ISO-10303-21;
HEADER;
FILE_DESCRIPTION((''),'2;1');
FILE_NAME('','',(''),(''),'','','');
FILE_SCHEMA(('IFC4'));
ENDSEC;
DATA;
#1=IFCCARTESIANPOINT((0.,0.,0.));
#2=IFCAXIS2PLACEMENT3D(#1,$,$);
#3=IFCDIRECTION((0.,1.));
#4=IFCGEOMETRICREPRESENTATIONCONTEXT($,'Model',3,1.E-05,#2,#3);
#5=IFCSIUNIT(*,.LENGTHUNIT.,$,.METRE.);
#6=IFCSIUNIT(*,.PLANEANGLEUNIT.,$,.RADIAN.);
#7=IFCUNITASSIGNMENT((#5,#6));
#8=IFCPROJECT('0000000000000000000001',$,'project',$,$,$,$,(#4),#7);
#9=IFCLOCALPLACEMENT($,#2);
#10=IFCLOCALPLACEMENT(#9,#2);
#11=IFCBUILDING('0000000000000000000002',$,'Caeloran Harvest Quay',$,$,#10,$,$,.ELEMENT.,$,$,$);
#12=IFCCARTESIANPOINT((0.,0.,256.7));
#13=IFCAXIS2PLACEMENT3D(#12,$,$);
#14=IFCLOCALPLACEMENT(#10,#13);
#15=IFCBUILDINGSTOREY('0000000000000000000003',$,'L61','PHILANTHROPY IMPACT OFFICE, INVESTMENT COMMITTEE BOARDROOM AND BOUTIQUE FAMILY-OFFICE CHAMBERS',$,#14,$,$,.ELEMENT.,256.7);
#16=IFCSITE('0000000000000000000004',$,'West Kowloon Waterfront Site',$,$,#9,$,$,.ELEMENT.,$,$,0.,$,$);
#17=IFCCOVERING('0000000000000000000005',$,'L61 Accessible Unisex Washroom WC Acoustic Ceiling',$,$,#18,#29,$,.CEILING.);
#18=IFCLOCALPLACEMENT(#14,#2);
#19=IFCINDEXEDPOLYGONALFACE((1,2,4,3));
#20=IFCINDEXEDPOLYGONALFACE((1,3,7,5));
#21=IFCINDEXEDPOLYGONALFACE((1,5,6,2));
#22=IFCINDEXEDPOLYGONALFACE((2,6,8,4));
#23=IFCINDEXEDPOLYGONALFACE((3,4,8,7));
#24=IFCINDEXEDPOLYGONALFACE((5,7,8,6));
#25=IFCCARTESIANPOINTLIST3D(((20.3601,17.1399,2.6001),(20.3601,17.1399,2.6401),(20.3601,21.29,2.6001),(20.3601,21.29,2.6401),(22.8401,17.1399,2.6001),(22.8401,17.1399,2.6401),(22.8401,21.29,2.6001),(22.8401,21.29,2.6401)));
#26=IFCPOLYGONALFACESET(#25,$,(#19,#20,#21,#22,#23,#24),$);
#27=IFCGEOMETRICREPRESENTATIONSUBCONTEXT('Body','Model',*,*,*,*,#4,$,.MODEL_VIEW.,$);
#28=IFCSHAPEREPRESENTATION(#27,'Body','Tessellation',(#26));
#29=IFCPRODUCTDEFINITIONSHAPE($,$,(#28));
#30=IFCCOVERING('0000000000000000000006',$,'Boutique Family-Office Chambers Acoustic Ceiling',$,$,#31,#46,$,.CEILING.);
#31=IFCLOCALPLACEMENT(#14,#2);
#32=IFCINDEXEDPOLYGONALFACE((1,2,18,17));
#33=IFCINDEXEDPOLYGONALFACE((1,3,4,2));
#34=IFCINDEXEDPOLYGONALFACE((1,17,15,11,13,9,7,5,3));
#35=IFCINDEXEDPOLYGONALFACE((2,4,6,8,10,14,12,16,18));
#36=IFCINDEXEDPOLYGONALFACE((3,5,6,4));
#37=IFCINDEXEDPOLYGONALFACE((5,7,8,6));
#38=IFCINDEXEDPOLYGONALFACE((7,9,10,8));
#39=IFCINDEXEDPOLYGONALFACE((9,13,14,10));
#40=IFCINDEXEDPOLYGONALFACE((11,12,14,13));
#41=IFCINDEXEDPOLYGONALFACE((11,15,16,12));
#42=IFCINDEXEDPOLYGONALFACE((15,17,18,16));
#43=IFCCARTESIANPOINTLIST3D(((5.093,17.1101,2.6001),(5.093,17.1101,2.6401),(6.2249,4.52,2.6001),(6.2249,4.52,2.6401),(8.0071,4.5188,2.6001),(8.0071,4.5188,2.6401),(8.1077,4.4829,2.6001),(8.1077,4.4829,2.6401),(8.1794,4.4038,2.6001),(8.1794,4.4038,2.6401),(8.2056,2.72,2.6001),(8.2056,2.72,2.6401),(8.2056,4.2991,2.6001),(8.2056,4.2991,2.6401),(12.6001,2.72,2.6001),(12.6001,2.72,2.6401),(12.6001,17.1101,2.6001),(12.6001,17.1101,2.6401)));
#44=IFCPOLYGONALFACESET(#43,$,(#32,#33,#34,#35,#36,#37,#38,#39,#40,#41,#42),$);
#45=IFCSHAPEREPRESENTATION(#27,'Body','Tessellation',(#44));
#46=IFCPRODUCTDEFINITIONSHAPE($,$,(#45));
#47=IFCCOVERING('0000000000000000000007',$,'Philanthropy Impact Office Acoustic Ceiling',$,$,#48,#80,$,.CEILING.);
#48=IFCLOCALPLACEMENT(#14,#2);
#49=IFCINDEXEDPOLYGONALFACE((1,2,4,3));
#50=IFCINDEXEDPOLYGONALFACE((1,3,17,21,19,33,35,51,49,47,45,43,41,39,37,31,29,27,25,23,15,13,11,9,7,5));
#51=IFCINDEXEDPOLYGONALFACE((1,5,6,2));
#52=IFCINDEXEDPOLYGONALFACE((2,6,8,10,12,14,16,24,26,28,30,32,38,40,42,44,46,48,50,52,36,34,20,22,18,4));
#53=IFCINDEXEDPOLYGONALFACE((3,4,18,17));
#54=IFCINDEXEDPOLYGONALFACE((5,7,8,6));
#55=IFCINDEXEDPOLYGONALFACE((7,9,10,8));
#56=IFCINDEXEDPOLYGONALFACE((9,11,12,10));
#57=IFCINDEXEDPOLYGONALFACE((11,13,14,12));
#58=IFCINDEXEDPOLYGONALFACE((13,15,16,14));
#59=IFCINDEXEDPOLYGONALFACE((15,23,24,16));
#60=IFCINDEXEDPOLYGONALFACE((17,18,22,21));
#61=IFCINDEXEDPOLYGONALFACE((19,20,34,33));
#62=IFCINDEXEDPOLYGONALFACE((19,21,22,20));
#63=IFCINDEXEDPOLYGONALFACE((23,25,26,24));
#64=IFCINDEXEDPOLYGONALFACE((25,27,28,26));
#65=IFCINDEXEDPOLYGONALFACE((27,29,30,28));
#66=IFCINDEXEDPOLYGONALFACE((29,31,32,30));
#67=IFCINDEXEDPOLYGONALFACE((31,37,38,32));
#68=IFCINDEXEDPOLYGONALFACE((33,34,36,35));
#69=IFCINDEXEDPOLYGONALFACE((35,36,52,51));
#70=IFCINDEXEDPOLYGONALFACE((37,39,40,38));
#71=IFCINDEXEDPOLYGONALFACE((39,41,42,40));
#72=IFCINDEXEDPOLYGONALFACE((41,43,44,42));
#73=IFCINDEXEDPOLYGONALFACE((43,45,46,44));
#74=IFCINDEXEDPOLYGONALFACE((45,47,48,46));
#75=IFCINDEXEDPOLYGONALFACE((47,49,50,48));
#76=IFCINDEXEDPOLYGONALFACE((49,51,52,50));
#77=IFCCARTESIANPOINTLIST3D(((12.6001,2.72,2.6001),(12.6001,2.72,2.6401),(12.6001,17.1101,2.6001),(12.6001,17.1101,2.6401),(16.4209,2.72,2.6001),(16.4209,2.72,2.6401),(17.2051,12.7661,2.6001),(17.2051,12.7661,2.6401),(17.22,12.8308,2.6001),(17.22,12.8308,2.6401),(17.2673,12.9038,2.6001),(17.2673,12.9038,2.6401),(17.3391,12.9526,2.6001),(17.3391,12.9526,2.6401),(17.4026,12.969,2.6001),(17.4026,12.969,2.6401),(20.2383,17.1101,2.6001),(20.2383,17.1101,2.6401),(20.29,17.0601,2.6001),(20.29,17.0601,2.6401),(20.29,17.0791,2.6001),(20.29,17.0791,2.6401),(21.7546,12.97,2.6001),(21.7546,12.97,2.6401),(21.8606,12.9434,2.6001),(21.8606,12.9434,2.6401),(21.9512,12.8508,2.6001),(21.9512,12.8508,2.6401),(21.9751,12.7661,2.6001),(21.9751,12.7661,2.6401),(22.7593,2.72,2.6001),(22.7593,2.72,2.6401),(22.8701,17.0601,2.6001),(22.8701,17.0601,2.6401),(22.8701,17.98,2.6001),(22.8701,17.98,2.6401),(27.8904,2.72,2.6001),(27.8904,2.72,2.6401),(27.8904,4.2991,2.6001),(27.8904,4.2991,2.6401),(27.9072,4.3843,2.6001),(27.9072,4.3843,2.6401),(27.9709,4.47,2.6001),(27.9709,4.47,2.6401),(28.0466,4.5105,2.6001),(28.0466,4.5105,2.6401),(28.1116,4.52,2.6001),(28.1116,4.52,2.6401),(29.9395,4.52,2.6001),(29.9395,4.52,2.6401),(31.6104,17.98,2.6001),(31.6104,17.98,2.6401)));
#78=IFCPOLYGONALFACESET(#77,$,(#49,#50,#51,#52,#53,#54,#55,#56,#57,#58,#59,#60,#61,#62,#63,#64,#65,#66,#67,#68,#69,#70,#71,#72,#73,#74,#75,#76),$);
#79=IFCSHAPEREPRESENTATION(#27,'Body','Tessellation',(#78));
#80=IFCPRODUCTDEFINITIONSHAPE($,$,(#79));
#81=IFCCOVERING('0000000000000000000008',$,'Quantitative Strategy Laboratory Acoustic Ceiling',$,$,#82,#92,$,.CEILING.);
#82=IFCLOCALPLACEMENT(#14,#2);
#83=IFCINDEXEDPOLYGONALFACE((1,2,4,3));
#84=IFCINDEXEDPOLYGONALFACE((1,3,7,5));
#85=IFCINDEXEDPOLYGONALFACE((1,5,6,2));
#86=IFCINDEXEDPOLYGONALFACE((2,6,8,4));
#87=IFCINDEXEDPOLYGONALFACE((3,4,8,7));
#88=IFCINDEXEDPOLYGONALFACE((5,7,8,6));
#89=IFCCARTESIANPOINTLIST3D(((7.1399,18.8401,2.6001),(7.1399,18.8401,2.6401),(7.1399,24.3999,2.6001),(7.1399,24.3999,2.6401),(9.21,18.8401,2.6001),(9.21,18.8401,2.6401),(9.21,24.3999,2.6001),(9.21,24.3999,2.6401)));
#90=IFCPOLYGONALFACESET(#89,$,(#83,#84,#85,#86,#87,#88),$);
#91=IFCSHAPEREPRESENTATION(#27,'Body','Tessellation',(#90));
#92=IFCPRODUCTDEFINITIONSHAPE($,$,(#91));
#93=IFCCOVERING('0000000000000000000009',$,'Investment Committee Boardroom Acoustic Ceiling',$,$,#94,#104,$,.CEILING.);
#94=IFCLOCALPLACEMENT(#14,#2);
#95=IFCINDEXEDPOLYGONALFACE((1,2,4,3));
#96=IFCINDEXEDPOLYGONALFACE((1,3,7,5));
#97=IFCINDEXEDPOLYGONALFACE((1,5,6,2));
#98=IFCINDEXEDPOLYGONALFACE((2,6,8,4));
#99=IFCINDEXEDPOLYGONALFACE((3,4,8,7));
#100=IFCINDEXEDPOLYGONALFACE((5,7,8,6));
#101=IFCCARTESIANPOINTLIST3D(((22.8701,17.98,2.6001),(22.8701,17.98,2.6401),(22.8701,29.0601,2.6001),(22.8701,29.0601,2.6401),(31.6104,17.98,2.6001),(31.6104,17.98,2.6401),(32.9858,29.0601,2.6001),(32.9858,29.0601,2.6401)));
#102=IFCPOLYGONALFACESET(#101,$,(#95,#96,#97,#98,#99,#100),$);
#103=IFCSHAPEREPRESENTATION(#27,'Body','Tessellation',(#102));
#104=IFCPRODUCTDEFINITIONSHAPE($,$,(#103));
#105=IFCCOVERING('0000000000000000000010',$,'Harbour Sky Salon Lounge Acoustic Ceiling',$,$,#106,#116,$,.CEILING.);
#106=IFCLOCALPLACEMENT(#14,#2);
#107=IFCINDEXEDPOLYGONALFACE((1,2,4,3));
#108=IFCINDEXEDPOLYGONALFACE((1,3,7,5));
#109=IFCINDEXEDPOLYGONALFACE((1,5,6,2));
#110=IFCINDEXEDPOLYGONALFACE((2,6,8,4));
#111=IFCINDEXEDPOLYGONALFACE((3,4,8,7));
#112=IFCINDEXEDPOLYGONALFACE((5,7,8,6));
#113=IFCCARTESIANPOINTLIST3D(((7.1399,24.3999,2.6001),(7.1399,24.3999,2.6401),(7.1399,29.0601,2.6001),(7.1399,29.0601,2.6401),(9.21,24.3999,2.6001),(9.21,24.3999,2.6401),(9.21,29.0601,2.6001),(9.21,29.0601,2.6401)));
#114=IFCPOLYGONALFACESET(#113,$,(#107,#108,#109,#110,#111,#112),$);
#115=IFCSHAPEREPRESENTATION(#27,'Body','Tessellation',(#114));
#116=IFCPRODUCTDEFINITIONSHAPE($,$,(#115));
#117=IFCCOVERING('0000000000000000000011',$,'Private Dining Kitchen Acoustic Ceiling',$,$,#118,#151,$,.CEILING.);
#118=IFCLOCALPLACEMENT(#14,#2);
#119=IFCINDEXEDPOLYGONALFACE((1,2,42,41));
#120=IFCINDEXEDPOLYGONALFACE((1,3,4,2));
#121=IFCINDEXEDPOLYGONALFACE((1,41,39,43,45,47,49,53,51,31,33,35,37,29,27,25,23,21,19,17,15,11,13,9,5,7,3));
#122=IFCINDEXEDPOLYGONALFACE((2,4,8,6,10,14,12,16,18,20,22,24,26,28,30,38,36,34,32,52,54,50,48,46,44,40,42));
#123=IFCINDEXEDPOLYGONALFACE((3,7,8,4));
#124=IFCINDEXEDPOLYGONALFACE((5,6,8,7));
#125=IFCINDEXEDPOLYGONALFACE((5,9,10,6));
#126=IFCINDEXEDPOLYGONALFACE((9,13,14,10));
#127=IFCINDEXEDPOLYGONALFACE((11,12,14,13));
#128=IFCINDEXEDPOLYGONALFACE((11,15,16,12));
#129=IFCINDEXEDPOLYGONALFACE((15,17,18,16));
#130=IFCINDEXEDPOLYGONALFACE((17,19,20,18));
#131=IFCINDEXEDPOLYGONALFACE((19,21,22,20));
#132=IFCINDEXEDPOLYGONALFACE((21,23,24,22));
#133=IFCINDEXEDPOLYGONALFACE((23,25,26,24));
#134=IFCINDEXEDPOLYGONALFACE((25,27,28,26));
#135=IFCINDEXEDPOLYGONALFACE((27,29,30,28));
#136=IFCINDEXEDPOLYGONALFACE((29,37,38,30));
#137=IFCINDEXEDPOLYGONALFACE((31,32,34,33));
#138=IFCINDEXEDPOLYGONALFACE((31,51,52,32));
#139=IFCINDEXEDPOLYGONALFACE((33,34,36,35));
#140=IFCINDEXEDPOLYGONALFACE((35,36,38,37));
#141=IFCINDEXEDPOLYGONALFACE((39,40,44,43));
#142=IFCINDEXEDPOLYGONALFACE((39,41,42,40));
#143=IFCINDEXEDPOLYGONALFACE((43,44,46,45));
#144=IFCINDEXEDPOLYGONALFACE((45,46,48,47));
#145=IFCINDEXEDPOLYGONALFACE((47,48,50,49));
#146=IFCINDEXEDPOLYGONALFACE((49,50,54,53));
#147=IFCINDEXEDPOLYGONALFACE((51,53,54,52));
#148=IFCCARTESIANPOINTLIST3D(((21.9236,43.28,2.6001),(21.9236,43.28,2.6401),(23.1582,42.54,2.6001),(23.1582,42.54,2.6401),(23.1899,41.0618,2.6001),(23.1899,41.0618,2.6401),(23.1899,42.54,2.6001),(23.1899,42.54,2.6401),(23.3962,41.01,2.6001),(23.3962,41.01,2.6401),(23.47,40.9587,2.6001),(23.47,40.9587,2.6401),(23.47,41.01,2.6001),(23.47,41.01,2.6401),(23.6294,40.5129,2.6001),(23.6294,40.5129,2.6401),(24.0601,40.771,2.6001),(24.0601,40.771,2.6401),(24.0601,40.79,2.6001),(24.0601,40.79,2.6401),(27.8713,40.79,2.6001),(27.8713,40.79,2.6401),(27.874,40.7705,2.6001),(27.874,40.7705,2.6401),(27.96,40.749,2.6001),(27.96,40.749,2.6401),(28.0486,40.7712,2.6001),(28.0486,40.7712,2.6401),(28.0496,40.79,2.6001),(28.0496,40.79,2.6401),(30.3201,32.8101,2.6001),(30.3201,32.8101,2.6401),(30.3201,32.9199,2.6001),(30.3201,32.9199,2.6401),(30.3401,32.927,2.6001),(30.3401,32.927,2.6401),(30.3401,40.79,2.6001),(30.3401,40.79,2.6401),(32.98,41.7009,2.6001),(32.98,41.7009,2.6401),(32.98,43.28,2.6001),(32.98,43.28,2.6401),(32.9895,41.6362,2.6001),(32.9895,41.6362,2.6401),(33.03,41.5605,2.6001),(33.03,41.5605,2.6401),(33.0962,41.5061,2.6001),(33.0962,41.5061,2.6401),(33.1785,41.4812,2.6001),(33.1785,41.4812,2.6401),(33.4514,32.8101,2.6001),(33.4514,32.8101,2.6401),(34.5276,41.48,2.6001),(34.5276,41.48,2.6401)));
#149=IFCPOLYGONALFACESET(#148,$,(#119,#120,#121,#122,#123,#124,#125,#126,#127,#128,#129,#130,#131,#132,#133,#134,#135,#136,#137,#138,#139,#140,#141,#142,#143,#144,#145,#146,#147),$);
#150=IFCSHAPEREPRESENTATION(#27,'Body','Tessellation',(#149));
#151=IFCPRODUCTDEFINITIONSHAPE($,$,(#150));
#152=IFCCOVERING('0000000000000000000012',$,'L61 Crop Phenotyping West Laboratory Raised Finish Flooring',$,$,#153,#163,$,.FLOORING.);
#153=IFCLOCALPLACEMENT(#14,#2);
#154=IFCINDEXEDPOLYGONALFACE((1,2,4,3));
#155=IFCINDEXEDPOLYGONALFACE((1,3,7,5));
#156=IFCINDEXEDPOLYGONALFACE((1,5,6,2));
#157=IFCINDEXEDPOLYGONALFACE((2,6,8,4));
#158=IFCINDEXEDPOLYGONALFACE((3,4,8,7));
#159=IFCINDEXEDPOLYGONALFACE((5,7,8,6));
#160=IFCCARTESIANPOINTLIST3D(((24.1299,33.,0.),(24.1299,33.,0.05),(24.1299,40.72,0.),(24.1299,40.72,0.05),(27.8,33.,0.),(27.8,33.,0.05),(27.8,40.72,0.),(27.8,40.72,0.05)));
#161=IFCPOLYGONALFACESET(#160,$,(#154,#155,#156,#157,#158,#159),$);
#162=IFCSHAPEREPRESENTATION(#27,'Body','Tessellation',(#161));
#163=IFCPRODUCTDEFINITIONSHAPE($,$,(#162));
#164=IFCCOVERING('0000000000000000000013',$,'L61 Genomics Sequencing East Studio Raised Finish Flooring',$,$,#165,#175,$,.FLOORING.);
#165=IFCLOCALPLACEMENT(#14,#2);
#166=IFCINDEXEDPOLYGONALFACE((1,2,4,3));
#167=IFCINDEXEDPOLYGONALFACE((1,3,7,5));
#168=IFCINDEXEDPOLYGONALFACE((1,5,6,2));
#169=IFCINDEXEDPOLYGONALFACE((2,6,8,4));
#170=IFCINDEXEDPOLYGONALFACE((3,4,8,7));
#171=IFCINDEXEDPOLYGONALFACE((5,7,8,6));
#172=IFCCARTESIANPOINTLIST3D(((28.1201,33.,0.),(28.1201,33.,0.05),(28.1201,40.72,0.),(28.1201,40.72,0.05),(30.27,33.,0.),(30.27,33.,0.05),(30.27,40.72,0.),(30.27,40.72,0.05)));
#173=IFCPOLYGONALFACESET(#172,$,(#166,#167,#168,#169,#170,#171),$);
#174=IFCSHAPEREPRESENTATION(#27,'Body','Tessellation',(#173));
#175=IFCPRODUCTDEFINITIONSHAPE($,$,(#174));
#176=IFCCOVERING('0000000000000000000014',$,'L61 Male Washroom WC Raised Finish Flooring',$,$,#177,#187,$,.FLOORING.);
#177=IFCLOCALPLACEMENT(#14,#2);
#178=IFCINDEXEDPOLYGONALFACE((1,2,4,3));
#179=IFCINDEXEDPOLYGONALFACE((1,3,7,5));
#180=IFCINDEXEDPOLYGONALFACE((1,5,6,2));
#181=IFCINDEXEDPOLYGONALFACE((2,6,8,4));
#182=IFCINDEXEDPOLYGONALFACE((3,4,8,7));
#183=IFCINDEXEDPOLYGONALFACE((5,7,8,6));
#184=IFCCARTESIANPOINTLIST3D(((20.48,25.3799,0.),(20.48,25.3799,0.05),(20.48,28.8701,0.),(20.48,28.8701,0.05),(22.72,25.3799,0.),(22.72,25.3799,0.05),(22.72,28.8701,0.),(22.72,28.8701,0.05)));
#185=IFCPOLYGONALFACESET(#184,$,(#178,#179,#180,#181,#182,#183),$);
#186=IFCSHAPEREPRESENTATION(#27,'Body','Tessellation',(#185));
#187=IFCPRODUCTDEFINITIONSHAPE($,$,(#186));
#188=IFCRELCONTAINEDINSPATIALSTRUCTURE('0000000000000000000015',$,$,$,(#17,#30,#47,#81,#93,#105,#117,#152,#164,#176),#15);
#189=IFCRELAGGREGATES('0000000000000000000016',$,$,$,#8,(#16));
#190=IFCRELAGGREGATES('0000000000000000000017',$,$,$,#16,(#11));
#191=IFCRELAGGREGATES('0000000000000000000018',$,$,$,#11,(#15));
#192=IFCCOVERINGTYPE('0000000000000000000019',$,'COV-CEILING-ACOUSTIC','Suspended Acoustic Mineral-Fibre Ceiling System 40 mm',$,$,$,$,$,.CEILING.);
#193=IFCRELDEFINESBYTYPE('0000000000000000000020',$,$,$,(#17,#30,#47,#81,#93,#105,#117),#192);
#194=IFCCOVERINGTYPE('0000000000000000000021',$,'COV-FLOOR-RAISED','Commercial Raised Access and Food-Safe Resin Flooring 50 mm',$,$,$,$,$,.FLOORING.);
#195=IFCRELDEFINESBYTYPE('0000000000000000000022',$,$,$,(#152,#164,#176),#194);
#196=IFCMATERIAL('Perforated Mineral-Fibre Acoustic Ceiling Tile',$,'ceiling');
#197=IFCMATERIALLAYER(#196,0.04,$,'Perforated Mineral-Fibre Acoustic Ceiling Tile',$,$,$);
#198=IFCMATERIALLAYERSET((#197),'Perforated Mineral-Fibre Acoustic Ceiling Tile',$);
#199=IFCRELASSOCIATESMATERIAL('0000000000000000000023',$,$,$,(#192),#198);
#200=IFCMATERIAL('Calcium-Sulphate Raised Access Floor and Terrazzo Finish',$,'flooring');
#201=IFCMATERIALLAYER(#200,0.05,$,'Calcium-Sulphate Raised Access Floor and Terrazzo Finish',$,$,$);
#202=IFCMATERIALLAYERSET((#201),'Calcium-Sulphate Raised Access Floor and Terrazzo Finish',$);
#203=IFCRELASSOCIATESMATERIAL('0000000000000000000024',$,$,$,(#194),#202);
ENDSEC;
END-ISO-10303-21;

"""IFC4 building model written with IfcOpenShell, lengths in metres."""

from ifc_helpers import new_model, si_unit, direction, frame, origin, place, context, subcontext, project, spatial, polyline, outline, extrude, material, layer, layer_set, type_object, element, save


model = new_model("IFC4")

# Units and contexts
model_context = context("Model", 3, precision=1e-05, world=origin(), true_north=direction((0.0, 1.0)))
body_context = subcontext(model_context, "Body", "Model", "MODEL_VIEW")
ifc_project = project(units=[si_unit("LENGTHUNIT", "METRE"), si_unit("PLANEANGLEUNIT", "RADIAN")], contexts=[model_context])

# Site, building, storey
site_placement = place(None, origin())
site = spatial("IfcSite", under=ifc_project, at=site_placement, Name="West Kowloon Waterfront Site", CompositionType="ELEMENT", RefElevation=0.0)
building_placement = place(site_placement, origin())
building = spatial("IfcBuilding", under=site, at=building_placement, Name="Caeloran Harvest Quay", CompositionType="ELEMENT")
storey_placement = place(building_placement, frame((0.0, 0.0, 256.7)))
storey = spatial("IfcBuildingStorey", under=building, at=storey_placement, Name="L61", Description="PHILANTHROPY IMPACT OFFICE, INVESTMENT COMMITTEE BOARDROOM AND BOUTIQUE FAMILY-OFFICE CHAMBERS", CompositionType="ELEMENT", Elevation=256.7)

# Coverings
ifc_material_1 = material(Name="Perforated Mineral-Fibre Acoustic Ceiling Tile", Category="ceiling")
ifc_layer_1 = layer(ifc_material_1, 0.04, Name="Perforated Mineral-Fibre Acoustic Ceiling Tile")
ifc_layer_set_1 = layer_set([ifc_layer_1], Name="Perforated Mineral-Fibre Acoustic Ceiling Tile")
covering_type_1 = type_object("IfcCoveringType", Name="COV-CEILING-ACOUSTIC", Description="Suspended Acoustic Mineral-Fibre Ceiling System 40 mm", PredefinedType="CEILING", material=ifc_layer_set_1)
covering_1_placement = place(storey_placement, frame((0.0, 0.0, 2.6001)))
element("IfcCovering", 1, at=covering_1_placement, inside=storey, type_object=covering_type_1, Name="L61 Accessible Unisex Washroom WC Acoustic Ceiling", PredefinedType="CEILING", context=body_context, shape_type="SweptSolid", body=[
    extrude(outline(polyline([(22.8401, 21.29), (22.8401, 17.1399), (20.3601, 17.1399), (20.3601, 21.29), (22.8401, 21.29)])), origin(), (0.0, 0.0, 1.0), 0.04),
])
covering_2_placement = place(storey_placement, frame((0.0, 0.0, 2.6001)))
element("IfcCovering", 2, at=covering_2_placement, inside=storey, type_object=covering_type_1, Name="Boutique Family-Office Chambers Acoustic Ceiling", PredefinedType="CEILING", context=body_context, shape_type="SweptSolid", body=[
    extrude(outline(polyline([(8.1794, 4.4038), (8.1077, 4.4829), (8.0071, 4.5188), (6.2249, 4.52), (5.093, 17.1101), (12.6001, 17.1101), (12.6001, 2.72), (8.2056, 2.72), (8.2056, 4.2991), (8.1794, 4.4038)])), origin(), (0.0, 0.0, 1.0), 0.04),
])
covering_3_placement = place(storey_placement, frame((0.0, 0.0, 2.6001)))
element("IfcCovering", 3, at=covering_3_placement, inside=storey, type_object=covering_type_1, Name="Philanthropy Impact Office Acoustic Ceiling", PredefinedType="CEILING", context=body_context, shape_type="SweptSolid", body=[
    extrude(outline(polyline([(22.8701, 17.0601), (22.8701, 17.98), (31.6104, 17.98), (29.9395, 4.52), (28.1116, 4.52), (28.0466, 4.5105), (27.9709, 4.47), (27.9072, 4.3843), (27.8904, 4.2991), (27.8904, 2.72), (22.7593, 2.72), (21.9751, 12.7661), (21.9512, 12.8508), (21.8606, 12.9434), (21.7546, 12.97), (17.4026, 12.969), (17.3391, 12.9526), (17.2673, 12.9038), (17.22, 12.8308), (17.2051, 12.7661), (16.4209, 2.72), (12.6001, 2.72), (12.6001, 17.1101), (20.2383, 17.1101), (20.29, 17.0791), (20.29, 17.0601), (22.8701, 17.0601)])), origin(), (0.0, 0.0, 1.0), 0.04),
])
covering_4_placement = place(storey_placement, frame((0.0, 0.0, 2.6001)))
element("IfcCovering", 4, at=covering_4_placement, inside=storey, type_object=covering_type_1, Name="Quantitative Strategy Laboratory Acoustic Ceiling", PredefinedType="CEILING", context=body_context, shape_type="SweptSolid", body=[
    extrude(outline(polyline([(7.1399, 18.8401), (7.1399, 24.3999), (9.21, 24.3999), (9.21, 18.8401), (7.1399, 18.8401)])), origin(), (0.0, 0.0, 1.0), 0.04),
])
covering_5_placement = place(storey_placement, frame((0.0, 0.0, 2.6001)))
element("IfcCovering", 5, at=covering_5_placement, inside=storey, type_object=covering_type_1, Name="Investment Committee Boardroom Acoustic Ceiling", PredefinedType="CEILING", context=body_context, shape_type="SweptSolid", body=[
    extrude(outline(polyline([(32.9858, 29.0601), (31.6104, 17.98), (22.8701, 17.98), (22.8701, 29.0601), (32.9858, 29.0601)])), origin(), (0.0, 0.0, 1.0), 0.04),
])
covering_6_placement = place(storey_placement, frame((0.0, 0.0, 2.6001)))
element("IfcCovering", 6, at=covering_6_placement, inside=storey, type_object=covering_type_1, Name="Harbour Sky Salon Lounge Acoustic Ceiling", PredefinedType="CEILING", context=body_context, shape_type="SweptSolid", body=[
    extrude(outline(polyline([(7.1399, 24.3999), (7.1399, 29.0601), (9.21, 29.0601), (9.21, 24.3999), (7.1399, 24.3999)])), origin(), (0.0, 0.0, 1.0), 0.04),
])
covering_7_placement = place(storey_placement, frame((0.0, 0.0, 2.6001)))
element("IfcCovering", 7, at=covering_7_placement, inside=storey, type_object=covering_type_1, Name="Private Dining Kitchen Acoustic Ceiling", PredefinedType="CEILING", context=body_context, shape_type="SweptSolid", body=[
    extrude(outline(polyline([(23.1899, 42.54), (23.1582, 42.54), (21.9236, 43.28), (32.98, 43.28), (32.98, 41.7009), (32.9895, 41.6362), (33.03, 41.5605), (33.0962, 41.5061), (33.1785, 41.4812), (34.5276, 41.48), (33.4514, 32.8101), (30.3201, 32.8101), (30.3201, 32.9199), (30.3401, 32.927), (30.3401, 40.79), (28.0496, 40.79), (28.0486, 40.7712), (27.96, 40.749), (27.874, 40.7705), (27.8713, 40.79), (24.0601, 40.79), (24.0601, 40.771), (23.6294, 40.5129), (23.47, 40.9587), (23.47, 41.01), (23.3962, 41.01), (23.1899, 41.0618), (23.1899, 42.54)])), origin(), (0.0, 0.0, 1.0), 0.04),
])
ifc_material_2 = material(Name="Calcium-Sulphate Raised Access Floor and Terrazzo Finish", Category="flooring")
ifc_layer_2 = layer(ifc_material_2, 0.05, Name="Calcium-Sulphate Raised Access Floor and Terrazzo Finish")
ifc_layer_set_2 = layer_set([ifc_layer_2], Name="Calcium-Sulphate Raised Access Floor and Terrazzo Finish")
covering_type_2 = type_object("IfcCoveringType", Name="COV-FLOOR-RAISED", Description="Commercial Raised Access and Food-Safe Resin Flooring 50 mm", PredefinedType="FLOORING", material=ifc_layer_set_2)
covering_8_placement = place(storey_placement, origin())
element("IfcCovering", 8, at=covering_8_placement, inside=storey, type_object=covering_type_2, Name="L61 Crop Phenotyping West Laboratory Raised Finish Flooring", PredefinedType="FLOORING", context=body_context, shape_type="SweptSolid", body=[
    extrude(outline(polyline([(27.8, 40.72), (27.8, 33.0), (24.1299, 33.0), (24.1299, 40.72), (27.8, 40.72)])), origin(), (0.0, 0.0, 1.0), 0.05),
])
covering_9_placement = place(storey_placement, origin())
element("IfcCovering", 9, at=covering_9_placement, inside=storey, type_object=covering_type_2, Name="L61 Genomics Sequencing East Studio Raised Finish Flooring", PredefinedType="FLOORING", context=body_context, shape_type="SweptSolid", body=[
    extrude(outline(polyline([(30.27, 40.72), (30.27, 33.0), (28.1201, 33.0), (28.1201, 40.72), (30.27, 40.72)])), origin(), (0.0, 0.0, 1.0), 0.05),
])
covering_10_placement = place(storey_placement, origin())
element("IfcCovering", 10, at=covering_10_placement, inside=storey, type_object=covering_type_2, Name="L61 Male Washroom WC Raised Finish Flooring", PredefinedType="FLOORING", context=body_context, shape_type="SweptSolid", body=[
    extrude(outline(polyline([(22.72, 28.8701), (22.72, 25.3799), (20.48, 25.3799), (20.48, 28.8701), (22.72, 28.8701)])), origin(), (0.0, 0.0, 1.0), 0.05),
])

save(model, "model.ifc")
